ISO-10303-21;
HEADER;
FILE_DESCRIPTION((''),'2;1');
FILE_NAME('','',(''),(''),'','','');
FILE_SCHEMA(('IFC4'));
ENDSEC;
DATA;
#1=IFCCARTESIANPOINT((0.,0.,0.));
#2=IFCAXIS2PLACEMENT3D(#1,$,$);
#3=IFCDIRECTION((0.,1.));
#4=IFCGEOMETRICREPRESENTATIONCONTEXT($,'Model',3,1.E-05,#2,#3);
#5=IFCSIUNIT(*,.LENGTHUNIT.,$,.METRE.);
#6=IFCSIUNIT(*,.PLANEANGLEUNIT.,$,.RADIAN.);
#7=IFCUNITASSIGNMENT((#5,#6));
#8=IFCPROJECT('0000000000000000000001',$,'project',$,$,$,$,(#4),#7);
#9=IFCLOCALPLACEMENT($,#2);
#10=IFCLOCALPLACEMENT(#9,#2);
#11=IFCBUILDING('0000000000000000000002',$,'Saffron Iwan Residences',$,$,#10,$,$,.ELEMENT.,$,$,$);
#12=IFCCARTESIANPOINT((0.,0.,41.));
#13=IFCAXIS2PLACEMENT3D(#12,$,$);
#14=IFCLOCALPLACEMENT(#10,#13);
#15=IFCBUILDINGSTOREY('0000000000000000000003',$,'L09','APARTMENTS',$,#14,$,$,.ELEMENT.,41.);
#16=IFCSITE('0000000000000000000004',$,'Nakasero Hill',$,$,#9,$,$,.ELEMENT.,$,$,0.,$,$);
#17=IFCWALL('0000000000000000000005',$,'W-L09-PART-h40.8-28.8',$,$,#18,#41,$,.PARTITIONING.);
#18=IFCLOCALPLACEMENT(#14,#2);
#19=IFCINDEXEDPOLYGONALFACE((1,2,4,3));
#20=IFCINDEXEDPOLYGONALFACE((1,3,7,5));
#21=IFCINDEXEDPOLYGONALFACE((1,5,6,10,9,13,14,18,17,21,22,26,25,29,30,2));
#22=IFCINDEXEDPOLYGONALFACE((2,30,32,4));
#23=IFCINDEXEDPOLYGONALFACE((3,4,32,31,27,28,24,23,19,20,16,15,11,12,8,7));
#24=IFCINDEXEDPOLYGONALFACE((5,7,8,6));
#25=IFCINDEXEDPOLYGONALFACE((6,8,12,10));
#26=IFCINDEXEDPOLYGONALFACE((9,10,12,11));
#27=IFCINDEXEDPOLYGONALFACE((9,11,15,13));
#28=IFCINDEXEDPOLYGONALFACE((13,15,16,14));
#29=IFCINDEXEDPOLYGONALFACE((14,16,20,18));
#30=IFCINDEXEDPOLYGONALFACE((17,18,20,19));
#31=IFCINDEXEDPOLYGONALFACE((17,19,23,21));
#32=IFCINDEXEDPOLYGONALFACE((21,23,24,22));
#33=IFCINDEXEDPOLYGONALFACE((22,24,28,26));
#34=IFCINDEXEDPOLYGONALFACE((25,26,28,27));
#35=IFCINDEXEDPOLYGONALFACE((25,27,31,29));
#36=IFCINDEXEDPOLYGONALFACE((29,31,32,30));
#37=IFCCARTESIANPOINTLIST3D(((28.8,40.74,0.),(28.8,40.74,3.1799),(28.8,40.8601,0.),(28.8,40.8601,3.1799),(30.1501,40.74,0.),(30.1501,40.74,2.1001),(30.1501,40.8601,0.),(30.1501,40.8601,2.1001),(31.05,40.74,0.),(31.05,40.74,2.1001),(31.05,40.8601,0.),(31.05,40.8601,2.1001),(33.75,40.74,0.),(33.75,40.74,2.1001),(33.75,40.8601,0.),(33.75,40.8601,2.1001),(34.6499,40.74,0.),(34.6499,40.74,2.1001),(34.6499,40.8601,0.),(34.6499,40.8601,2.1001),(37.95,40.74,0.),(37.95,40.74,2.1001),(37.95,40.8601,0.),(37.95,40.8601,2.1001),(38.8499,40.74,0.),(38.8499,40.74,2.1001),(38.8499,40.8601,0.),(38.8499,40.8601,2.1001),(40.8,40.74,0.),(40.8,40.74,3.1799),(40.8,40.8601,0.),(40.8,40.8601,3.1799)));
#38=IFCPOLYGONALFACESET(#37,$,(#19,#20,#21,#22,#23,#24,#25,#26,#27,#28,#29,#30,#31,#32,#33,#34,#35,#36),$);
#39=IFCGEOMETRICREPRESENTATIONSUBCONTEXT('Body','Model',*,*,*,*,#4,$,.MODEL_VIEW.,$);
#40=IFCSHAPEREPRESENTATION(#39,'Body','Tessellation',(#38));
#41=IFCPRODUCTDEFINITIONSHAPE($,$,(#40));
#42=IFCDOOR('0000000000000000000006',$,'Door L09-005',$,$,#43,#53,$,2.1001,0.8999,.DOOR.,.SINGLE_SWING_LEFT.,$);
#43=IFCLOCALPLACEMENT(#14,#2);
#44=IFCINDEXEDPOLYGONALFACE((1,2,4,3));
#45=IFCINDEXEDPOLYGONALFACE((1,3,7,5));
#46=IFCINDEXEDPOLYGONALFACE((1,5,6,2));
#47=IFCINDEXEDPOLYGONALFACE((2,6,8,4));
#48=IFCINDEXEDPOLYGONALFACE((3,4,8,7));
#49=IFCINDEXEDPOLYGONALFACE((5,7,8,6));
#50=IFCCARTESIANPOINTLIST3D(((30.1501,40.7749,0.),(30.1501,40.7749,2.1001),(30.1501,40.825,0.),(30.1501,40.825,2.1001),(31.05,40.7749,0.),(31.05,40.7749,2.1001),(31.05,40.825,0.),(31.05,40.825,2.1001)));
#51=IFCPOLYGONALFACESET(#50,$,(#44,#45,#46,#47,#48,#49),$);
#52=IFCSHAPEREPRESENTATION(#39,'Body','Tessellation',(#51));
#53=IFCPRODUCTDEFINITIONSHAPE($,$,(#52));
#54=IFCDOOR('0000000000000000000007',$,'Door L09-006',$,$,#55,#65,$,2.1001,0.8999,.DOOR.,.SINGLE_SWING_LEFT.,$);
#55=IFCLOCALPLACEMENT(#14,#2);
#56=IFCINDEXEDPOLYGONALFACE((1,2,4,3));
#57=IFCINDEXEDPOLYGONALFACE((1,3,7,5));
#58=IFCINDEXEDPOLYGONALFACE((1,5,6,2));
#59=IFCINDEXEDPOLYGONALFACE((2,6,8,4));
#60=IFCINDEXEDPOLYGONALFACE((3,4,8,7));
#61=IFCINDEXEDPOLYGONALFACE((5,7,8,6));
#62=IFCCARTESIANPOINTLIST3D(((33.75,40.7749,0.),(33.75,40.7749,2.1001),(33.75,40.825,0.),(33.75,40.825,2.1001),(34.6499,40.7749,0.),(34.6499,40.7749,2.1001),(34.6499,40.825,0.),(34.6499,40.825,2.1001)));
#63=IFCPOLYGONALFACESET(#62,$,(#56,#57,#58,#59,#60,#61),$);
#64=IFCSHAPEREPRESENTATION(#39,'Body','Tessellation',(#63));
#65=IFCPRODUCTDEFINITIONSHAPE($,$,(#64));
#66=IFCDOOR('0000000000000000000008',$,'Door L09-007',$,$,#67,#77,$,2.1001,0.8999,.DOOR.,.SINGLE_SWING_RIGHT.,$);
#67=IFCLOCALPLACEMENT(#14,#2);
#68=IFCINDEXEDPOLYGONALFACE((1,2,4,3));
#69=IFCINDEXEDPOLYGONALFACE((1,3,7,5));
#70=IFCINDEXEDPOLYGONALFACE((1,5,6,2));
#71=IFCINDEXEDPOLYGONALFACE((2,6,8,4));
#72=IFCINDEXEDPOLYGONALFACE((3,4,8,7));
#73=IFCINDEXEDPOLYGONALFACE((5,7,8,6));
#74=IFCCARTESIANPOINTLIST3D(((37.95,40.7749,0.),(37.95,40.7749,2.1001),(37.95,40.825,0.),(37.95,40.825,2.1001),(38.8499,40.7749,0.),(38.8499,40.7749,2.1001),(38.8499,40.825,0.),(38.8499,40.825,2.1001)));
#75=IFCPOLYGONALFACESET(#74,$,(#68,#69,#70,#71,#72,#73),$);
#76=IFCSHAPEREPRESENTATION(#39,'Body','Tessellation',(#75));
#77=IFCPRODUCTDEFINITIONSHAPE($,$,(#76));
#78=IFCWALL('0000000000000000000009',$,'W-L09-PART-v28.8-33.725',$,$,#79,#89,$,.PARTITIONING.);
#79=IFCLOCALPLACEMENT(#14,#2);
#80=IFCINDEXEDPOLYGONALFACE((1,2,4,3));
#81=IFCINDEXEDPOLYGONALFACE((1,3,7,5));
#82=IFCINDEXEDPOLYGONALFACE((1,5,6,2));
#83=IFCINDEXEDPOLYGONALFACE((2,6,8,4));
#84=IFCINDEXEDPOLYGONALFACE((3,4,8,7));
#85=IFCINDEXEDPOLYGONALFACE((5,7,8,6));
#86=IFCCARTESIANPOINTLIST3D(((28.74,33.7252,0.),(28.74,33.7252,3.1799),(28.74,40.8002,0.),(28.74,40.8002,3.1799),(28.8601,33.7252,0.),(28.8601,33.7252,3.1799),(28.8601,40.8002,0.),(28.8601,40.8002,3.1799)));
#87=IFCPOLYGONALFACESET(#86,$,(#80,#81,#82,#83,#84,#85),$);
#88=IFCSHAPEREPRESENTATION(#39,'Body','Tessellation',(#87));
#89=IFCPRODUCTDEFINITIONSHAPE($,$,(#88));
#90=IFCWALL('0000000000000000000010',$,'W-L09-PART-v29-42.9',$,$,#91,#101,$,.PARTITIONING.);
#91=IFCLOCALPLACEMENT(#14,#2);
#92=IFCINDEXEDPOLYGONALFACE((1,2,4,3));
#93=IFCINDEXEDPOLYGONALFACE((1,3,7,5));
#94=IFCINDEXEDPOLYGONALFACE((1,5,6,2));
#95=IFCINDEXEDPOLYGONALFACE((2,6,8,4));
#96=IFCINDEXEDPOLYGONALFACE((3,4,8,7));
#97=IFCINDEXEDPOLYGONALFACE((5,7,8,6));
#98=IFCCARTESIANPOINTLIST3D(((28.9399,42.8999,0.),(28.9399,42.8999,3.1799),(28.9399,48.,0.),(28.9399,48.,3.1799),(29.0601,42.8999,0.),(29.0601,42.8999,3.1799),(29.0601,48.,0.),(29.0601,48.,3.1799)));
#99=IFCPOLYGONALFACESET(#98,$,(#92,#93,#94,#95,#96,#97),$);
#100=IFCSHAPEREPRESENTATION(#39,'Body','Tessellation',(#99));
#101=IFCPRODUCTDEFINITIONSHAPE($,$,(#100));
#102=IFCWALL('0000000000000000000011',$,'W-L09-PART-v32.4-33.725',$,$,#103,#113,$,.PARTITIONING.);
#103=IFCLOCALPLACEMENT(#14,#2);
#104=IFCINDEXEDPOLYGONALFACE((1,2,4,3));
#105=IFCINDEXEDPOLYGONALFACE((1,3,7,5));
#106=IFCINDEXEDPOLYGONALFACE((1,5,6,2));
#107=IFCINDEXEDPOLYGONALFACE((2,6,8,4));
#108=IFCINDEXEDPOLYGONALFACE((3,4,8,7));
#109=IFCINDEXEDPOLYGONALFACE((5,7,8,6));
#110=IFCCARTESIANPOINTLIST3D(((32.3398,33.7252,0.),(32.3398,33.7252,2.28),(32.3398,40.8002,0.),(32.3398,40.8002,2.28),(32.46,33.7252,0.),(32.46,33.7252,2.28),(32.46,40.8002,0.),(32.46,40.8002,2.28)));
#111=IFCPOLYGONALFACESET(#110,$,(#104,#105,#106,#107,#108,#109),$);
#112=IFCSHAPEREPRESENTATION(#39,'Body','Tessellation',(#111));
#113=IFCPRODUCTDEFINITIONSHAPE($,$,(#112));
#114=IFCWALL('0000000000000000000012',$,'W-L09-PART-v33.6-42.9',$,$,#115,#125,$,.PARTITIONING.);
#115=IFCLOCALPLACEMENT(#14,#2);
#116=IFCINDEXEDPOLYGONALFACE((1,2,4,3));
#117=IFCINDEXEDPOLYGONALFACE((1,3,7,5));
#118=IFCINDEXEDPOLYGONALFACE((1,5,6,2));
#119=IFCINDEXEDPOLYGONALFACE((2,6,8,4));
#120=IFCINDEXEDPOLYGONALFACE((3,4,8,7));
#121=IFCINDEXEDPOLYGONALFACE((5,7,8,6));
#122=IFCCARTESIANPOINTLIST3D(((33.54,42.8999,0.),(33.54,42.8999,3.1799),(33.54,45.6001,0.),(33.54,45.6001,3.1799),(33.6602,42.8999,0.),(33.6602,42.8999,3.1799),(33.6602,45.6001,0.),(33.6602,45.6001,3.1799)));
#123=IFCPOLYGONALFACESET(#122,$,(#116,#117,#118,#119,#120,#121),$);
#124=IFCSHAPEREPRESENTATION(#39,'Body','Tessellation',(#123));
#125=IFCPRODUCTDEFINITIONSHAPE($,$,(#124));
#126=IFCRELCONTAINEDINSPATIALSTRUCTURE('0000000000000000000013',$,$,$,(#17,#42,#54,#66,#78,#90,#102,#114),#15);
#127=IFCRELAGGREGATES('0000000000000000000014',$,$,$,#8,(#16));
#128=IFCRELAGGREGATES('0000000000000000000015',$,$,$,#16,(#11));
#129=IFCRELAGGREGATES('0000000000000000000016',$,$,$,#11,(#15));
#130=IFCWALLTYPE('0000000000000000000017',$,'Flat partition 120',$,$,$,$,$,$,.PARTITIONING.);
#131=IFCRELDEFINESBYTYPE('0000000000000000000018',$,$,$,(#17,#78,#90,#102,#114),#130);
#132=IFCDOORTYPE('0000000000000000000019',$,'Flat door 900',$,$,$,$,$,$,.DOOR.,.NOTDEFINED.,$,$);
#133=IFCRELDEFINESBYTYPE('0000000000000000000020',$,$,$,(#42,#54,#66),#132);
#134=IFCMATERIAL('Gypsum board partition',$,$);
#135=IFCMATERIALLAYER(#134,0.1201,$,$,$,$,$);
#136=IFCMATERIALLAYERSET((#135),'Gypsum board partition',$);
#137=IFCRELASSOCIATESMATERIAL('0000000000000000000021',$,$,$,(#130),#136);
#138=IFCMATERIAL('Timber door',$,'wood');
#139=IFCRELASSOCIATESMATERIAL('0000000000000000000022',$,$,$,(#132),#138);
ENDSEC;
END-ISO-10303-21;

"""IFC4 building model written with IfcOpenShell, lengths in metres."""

from ifc_helpers import new_model, si_unit, direction, frame, frame_2d, origin, place, context, subcontext, project, spatial, rectangle, extrude, material, layer, layer_set, type_object, element, fill, save


model = new_model("IFC4")

# Units and contexts
model_context = context("Model", 3, precision=1e-05, world=origin(), true_north=direction((0.0, 1.0)))
body_context = subcontext(model_context, "Body", "Model", "MODEL_VIEW")
ifc_project = project(units=[si_unit("LENGTHUNIT", "METRE"), si_unit("PLANEANGLEUNIT", "RADIAN")], contexts=[model_context])

# Site, building, storey
site_placement = place(None, origin())
site = spatial("IfcSite", under=ifc_project, at=site_placement, Name="Nakasero Hill", CompositionType="ELEMENT", RefElevation=0.0)
building_placement = place(site_placement, origin())
building = spatial("IfcBuilding", under=site, at=building_placement, Name="Saffron Iwan Residences", CompositionType="ELEMENT")
storey_placement = place(building_placement, frame((0.0, 0.0, 41.0)))
storey = spatial("IfcBuildingStorey", under=building, at=storey_placement, Name="L09", Description="APARTMENTS", CompositionType="ELEMENT", Elevation=41.0)

# Wall, openings, doors
ifc_material_1 = material(Name="Gypsum board partition")
ifc_layer_1 = layer(ifc_material_1, 0.1201)
ifc_layer_set_1 = layer_set([ifc_layer_1], Name="Gypsum board partition")
wall_type_1 = type_object("IfcWallType", Name="Flat partition 120", PredefinedType="PARTITIONING", material=ifc_layer_set_1)
wall_1_placement = place(storey_placement, frame((28.8, 40.8, 0.0), z_axis=(0.0, 0.0, 1.0), x_axis=(1.0, 0.0, 0.0)))
wall_1 = element("IfcWall", 1, at=wall_1_placement, inside=storey, type_object=wall_type_1, Name="W-L09-PART-h40.8-28.8", PredefinedType="PARTITIONING", context=body_context, shape_type="SweptSolid", body=[
    extrude(rectangle(XDim=12.0, YDim=0.1201, at=frame_2d((6.0, 0.0))), origin(), (0.0, 0.0, 1.0), 3.1799),
])
opening_1_placement = place(wall_1_placement, frame((1.3501, 0.0, 0.0)))
opening_1 = element("IfcOpeningElement", 2, at=opening_1_placement, cuts=wall_1, PredefinedType="OPENING", context=body_context, shape_type="SweptSolid", body=[
    extrude(rectangle(XDim=0.8999, YDim=2.1001, at=frame_2d((0.45, 1.05))), frame((0.0, 0.0701, 0.0), z_axis=(0.0, -1.0, 0.0), x_axis=(1.0, 0.0, 0.0)), (0.0, 0.0, 1.0), 0.1401),
])
opening_2_placement = place(wall_1_placement, frame((4.95, 0.0, 0.0)))
opening_2 = element("IfcOpeningElement", 3, at=opening_2_placement, cuts=wall_1, PredefinedType="OPENING", context=body_context, shape_type="SweptSolid", body=[
    extrude(rectangle(XDim=0.8999, YDim=2.1001, at=frame_2d((0.45, 1.05))), frame((0.0, 0.0701, 0.0), z_axis=(0.0, -1.0, 0.0), x_axis=(1.0, 0.0, 0.0)), (0.0, 0.0, 1.0), 0.1401),
])
opening_3_placement = place(wall_1_placement, frame((9.1499, 0.0, 0.0)))
opening_3 = element("IfcOpeningElement", 4, at=opening_3_placement, cuts=wall_1, PredefinedType="OPENING", context=body_context, shape_type="SweptSolid", body=[
    extrude(rectangle(XDim=0.8999, YDim=2.1001, at=frame_2d((0.45, 1.05))), frame((0.0, 0.0701, 0.0), z_axis=(0.0, -1.0, 0.0), x_axis=(1.0, 0.0, 0.0)), (0.0, 0.0, 1.0), 0.1401),
])
ifc_material_2 = material(Name="Timber door", Category="wood")
door_type = type_object("IfcDoorType", Name="Flat door 900", OperationType="NOTDEFINED", PredefinedType="DOOR", material=ifc_material_2)
door_1_placement = place(opening_1_placement, origin())
door_1 = element("IfcDoor", 5, at=door_1_placement, inside=storey, type_object=door_type, Name="Door L09-005", OperationType="SINGLE_SWING_LEFT", OverallHeight=2.1001, OverallWidth=0.8999, PredefinedType="DOOR", context=body_context, shape_type="SweptSolid", body=[
    extrude(rectangle(XDim=0.8999, YDim=2.1001, at=frame_2d((0.45, 1.05))), frame((0.0, 0.0249, 0.0), z_axis=(0.0, -1.0, 0.0), x_axis=(1.0, 0.0, 0.0)), (0.0, 0.0, 1.0), 0.05),
])
fill(opening_1, door_1)
door_2_placement = place(opening_2_placement, origin())
door_2 = element("IfcDoor", 6, at=door_2_placement, inside=storey, type_object=door_type, Name="Door L09-006", OperationType="SINGLE_SWING_LEFT", OverallHeight=2.1001, OverallWidth=0.8999, PredefinedType="DOOR", context=body_context, shape_type="SweptSolid", body=[
    extrude(rectangle(XDim=0.8999, YDim=2.1001, at=frame_2d((0.45, 1.05))), frame((0.0, 0.0249, 0.0), z_axis=(0.0, -1.0, 0.0), x_axis=(1.0, 0.0, 0.0)), (0.0, 0.0, 1.0), 0.05),
])
fill(opening_2, door_2)
door_3_placement = place(opening_3_placement, origin())
door_3 = element("IfcDoor", 7, at=door_3_placement, inside=storey, type_object=door_type, Name="Door L09-007", OperationType="SINGLE_SWING_RIGHT", OverallHeight=2.1001, OverallWidth=0.8999, PredefinedType="DOOR", context=body_context, shape_type="SweptSolid", body=[
    extrude(rectangle(XDim=0.8999, YDim=2.1001, at=frame_2d((0.45, 1.05))), frame((0.0, 0.0249, 0.0), z_axis=(0.0, -1.0, 0.0), x_axis=(1.0, 0.0, 0.0)), (0.0, 0.0, 1.0), 0.05),
])
fill(opening_3, door_3)

# Walls
wall_2_placement = place(storey_placement, frame((28.8, 33.7251, 0.0), z_axis=(0.0, 0.0, 1.0), x_axis=(0.0, 1.0, 0.0)))
element("IfcWall", 8, at=wall_2_placement, inside=storey, type_object=wall_type_1, Name="W-L09-PART-v28.8-33.725", PredefinedType="PARTITIONING", context=body_context, shape_type="SweptSolid", body=[
    extrude(rectangle(XDim=7.075, YDim=0.1201, at=frame_2d((3.5376, 0.0))), origin(), (0.0, 0.0, 1.0), 3.1799),
])
wall_3_placement = place(storey_placement, frame((29.0, 42.8999, 0.0), z_axis=(0.0, 0.0, 1.0), x_axis=(0.0, 1.0, 0.0)))
element("IfcWall", 9, at=wall_3_placement, inside=storey, type_object=wall_type_1, Name="W-L09-PART-v29-42.9", PredefinedType="PARTITIONING", context=body_context, shape_type="SweptSolid", body=[
    extrude(rectangle(XDim=5.1001, YDim=0.1201, at=frame_2d((2.55, 0.0))), origin(), (0.0, 0.0, 1.0), 3.1799),
])
wall_4_placement = place(storey_placement, frame((32.3999, 33.7251, 0.0), z_axis=(0.0, 0.0, 1.0), x_axis=(0.0, 1.0, 0.0)))
element("IfcWall", 10, at=wall_4_placement, inside=storey, type_object=wall_type_1, Name="W-L09-PART-v32.4-33.725", PredefinedType="PARTITIONING", context=body_context, shape_type="SweptSolid", body=[
    extrude(rectangle(XDim=7.075, YDim=0.1201, at=frame_2d((3.5376, 0.0))), origin(), (0.0, 0.0, 1.0), 2.28),
])
wall_5_placement = place(storey_placement, frame((33.6001, 42.8999, 0.0), z_axis=(0.0, 0.0, 1.0), x_axis=(0.0, 1.0, 0.0)))
element("IfcWall", 11, at=wall_5_placement, inside=storey, type_object=wall_type_1, Name="W-L09-PART-v33.6-42.9", PredefinedType="PARTITIONING", context=body_context, shape_type="SweptSolid", body=[
    extrude(rectangle(XDim=2.7002, YDim=0.1201, at=frame_2d((1.3501, 0.0))), origin(), (0.0, 0.0, 1.0), 3.1799),
])

save(model, "model.ifc")
